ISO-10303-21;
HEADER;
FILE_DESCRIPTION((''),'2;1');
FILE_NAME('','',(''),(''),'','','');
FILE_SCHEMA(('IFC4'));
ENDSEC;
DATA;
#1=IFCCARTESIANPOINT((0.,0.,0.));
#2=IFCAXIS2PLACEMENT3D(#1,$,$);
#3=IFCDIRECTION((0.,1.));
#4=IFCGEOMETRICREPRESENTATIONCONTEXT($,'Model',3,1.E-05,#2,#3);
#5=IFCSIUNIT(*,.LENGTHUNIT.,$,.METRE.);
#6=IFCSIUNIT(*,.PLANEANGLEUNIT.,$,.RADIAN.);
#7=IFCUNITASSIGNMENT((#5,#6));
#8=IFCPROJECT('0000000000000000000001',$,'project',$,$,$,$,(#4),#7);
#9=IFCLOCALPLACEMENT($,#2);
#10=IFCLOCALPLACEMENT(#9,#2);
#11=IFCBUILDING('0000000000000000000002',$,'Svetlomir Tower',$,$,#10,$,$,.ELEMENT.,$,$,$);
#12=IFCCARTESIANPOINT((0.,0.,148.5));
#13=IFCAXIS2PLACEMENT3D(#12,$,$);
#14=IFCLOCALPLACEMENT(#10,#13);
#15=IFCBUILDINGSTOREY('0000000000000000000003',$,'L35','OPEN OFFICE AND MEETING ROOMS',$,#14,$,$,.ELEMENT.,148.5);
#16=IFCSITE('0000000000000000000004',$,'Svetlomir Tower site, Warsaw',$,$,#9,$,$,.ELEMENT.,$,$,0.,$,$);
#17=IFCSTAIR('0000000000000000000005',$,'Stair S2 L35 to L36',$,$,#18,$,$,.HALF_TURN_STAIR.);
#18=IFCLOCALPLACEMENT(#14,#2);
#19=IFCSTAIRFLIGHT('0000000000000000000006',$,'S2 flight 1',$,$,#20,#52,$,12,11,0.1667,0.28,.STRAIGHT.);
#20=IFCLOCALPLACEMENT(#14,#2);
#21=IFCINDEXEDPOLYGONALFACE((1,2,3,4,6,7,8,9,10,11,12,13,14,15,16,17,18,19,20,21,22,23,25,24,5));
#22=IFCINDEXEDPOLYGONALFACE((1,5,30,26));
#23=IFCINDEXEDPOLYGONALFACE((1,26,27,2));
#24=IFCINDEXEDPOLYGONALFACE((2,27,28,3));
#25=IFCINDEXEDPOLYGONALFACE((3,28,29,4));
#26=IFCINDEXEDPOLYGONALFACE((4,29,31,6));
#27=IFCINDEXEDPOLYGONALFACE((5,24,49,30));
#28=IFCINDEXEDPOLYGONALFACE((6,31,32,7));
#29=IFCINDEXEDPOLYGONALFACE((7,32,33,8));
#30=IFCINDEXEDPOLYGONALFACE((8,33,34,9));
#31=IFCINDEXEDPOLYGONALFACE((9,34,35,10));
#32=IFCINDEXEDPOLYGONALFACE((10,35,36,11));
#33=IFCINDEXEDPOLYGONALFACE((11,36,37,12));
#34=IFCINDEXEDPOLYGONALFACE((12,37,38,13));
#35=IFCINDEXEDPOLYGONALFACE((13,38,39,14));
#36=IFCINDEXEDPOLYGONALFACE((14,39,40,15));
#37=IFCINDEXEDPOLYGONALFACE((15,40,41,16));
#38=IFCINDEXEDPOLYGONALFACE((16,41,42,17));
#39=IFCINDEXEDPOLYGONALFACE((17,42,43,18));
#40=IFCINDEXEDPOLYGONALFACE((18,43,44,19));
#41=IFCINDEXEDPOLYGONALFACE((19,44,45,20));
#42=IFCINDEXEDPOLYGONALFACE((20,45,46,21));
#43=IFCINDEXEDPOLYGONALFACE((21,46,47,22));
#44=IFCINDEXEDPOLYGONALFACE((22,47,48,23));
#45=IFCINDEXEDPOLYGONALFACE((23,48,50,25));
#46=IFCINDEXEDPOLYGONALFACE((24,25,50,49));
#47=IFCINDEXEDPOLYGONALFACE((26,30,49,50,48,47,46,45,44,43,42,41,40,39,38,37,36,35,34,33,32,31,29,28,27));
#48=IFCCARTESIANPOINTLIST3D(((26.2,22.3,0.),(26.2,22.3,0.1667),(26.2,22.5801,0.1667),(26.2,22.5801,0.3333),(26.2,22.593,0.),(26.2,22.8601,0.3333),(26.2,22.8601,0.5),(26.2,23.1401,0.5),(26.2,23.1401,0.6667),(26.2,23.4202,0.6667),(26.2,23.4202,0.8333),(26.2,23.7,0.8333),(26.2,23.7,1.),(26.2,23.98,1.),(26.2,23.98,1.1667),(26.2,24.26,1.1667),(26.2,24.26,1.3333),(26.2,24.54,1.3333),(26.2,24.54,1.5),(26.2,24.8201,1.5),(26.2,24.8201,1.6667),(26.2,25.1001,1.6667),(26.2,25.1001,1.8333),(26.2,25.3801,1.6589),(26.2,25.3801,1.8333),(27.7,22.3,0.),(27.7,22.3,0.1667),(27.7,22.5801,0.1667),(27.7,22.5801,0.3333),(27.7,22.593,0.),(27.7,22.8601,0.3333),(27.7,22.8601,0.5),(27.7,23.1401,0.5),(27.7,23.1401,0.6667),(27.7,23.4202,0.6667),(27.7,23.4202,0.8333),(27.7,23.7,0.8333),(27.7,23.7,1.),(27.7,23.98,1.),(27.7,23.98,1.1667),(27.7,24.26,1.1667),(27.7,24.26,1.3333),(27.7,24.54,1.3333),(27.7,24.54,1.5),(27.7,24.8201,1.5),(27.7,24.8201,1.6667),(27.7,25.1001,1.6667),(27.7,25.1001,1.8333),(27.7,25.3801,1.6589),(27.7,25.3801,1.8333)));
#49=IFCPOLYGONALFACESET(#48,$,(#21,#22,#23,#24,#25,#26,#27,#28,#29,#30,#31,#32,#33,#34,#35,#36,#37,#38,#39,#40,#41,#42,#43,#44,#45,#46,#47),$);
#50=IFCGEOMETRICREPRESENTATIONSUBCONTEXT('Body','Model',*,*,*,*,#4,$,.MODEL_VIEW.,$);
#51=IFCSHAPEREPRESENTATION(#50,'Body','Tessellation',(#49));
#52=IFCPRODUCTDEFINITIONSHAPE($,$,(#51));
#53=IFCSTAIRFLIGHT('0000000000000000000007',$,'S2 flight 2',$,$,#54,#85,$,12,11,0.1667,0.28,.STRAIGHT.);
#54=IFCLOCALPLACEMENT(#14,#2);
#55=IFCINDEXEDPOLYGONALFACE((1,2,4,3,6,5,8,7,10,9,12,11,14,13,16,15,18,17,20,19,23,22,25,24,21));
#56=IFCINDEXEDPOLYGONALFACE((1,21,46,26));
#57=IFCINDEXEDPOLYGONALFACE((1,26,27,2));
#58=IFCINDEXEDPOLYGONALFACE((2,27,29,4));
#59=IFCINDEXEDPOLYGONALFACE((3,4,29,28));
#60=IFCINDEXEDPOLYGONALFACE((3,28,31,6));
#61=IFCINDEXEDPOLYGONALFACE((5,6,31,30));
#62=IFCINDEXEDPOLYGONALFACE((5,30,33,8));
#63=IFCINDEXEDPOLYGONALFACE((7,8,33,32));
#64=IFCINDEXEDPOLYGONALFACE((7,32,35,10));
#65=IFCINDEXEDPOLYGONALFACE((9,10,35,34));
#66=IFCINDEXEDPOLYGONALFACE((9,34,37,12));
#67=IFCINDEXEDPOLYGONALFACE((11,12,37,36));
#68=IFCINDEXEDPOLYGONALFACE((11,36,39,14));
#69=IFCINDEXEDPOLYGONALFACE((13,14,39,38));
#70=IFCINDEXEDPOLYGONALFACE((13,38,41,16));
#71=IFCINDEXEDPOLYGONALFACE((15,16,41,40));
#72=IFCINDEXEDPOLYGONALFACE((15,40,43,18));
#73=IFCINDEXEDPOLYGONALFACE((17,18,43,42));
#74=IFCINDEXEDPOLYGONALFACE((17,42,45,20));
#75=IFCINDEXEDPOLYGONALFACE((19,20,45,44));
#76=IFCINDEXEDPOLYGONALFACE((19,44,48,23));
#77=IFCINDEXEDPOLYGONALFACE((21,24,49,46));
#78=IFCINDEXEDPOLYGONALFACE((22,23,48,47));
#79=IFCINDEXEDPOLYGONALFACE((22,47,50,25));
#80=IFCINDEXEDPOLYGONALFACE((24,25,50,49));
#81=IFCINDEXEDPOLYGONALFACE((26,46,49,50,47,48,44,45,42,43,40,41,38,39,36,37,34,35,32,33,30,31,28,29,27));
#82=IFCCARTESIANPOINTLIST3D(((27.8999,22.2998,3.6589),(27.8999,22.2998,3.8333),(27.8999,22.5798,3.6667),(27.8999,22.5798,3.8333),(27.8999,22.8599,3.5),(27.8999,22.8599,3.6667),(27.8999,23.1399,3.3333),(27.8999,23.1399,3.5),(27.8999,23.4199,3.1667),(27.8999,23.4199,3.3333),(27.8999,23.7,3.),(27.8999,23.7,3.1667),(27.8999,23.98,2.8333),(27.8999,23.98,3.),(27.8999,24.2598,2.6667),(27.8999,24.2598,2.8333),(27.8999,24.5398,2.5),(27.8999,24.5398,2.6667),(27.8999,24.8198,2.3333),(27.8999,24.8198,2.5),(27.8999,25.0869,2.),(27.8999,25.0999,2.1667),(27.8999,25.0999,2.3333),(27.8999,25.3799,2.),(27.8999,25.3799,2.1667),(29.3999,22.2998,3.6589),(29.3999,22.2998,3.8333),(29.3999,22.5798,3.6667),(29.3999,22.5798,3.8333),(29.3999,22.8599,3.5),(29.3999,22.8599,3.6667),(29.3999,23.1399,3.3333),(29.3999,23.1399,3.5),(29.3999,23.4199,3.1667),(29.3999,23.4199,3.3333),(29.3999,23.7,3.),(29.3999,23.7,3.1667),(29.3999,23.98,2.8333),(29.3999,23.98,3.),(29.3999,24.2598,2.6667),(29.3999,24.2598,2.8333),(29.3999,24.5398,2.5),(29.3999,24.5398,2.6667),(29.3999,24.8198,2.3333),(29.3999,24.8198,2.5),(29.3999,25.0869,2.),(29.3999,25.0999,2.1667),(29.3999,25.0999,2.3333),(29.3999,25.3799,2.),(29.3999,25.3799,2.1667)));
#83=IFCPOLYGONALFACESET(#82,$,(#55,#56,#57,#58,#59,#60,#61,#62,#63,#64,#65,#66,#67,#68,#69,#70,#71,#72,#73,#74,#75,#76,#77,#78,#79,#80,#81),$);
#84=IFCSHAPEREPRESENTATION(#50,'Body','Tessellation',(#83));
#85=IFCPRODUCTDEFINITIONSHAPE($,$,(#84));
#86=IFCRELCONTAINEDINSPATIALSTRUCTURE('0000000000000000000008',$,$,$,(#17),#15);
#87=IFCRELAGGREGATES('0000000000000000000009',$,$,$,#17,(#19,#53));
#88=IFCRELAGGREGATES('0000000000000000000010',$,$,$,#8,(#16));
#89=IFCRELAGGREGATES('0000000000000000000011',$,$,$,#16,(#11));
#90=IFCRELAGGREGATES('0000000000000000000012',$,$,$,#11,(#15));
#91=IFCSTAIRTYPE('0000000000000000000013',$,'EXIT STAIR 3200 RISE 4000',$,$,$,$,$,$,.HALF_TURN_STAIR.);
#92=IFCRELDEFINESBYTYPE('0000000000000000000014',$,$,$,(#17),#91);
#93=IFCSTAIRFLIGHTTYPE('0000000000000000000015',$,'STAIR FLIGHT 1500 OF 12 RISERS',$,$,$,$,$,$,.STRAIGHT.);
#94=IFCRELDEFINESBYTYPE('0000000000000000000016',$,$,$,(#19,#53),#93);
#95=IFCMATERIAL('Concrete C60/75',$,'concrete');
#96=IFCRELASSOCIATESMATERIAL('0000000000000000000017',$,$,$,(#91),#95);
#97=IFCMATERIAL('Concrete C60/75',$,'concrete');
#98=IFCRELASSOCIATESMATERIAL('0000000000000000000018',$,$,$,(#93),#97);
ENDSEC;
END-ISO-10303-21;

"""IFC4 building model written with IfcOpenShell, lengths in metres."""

from ifc_helpers import new_model, si_unit, direction, frame, origin, place, context, subcontext, project, spatial, polyline, outline, extrude, material, type_object, element, aggregate, save


model = new_model("IFC4")

# Units and contexts
model_context = context("Model", 3, precision=1e-05, world=origin(), true_north=direction((0.0, 1.0)))
body_context = subcontext(model_context, "Body", "Model", "MODEL_VIEW")
ifc_project = project(units=[si_unit("LENGTHUNIT", "METRE"), si_unit("PLANEANGLEUNIT", "RADIAN")], contexts=[model_context])

# Site, building, storey
site_placement = place(None, origin())
site = spatial("IfcSite", under=ifc_project, at=site_placement, Name="Svetlomir Tower site, Warsaw", CompositionType="ELEMENT", RefElevation=0.0)
building_placement = place(site_placement, origin())
building = spatial("IfcBuilding", under=site, at=building_placement, Name="Svetlomir Tower", CompositionType="ELEMENT")
storey_placement = place(building_placement, frame((0.0, 0.0, 148.5)))
storey = spatial("IfcBuildingStorey", under=building, at=storey_placement, Name="L35", Description="OPEN OFFICE AND MEETING ROOMS", CompositionType="ELEMENT", Elevation=148.5)

# Stair, stair flights
ifc_material_1 = material(Name="Concrete C60/75", Category="concrete")
stair_type = type_object("IfcStairType", Name="EXIT STAIR 3200 RISE 4000", PredefinedType="HALF_TURN_STAIR", material=ifc_material_1)
stair_placement = place(storey_placement, origin())
stair = element("IfcStair", 1, at=stair_placement, inside=storey, type_object=stair_type, Name="Stair S2 L35 to L36", PredefinedType="HALF_TURN_STAIR")
ifc_material_2 = material(Name="Concrete C60/75", Category="concrete")
stair_flight_type = type_object("IfcStairFlightType", Name="STAIR FLIGHT 1500 OF 12 RISERS", PredefinedType="STRAIGHT", material=ifc_material_2)
stair_flight_1_placement = place(storey_placement, frame((26.95, 22.3, 0.0), z_axis=(0.0, 0.0, 1.0), x_axis=(0.0, 1.0, 0.0)))
stair_flight_1 = element("IfcStairFlight", 2, at=stair_flight_1_placement, type_object=stair_flight_type, Name="S2 flight 1", NumberOfRisers=12, NumberOfTreads=11, PredefinedType="STRAIGHT", RiserHeight=0.1667, TreadLength=0.28, context=body_context, shape_type="SweptSolid", body=[
    extrude(outline(polyline([(0.0, 0.0), (0.0, 0.1667), (0.28, 0.1667), (0.28, 0.3333), (0.5601, 0.3333), (0.5601, 0.5), (0.8401, 0.5), (0.8401, 0.6667), (1.1201, 0.6667), (1.1201, 0.8333), (1.3999, 0.8333), (1.3999, 1.0), (1.6799, 1.0), (1.6799, 1.1667), (1.96, 1.1667), (1.96, 1.3333), (2.24, 1.3333), (2.24, 1.5), (2.52, 1.5), (2.52, 1.6667), (2.8, 1.6667), (2.8, 1.8333), (3.0801, 1.8333), (3.0801, 2.0), (3.0801, 1.6589), (0.293, 0.0), (0.0, 0.0)])), frame((0.0, 0.75, 0.0), z_axis=(0.0, -1.0, 0.0), x_axis=(1.0, 0.0, 0.0)), (0.0, 0.0, 1.0), 1.5),
])
stair_flight_2_placement = place(storey_placement, frame((28.6499, 25.3799, 2.0), z_axis=(0.0, 0.0, 1.0), x_axis=(0.0, -1.0, 0.0)))
stair_flight_2 = element("IfcStairFlight", 3, at=stair_flight_2_placement, type_object=stair_flight_type, Name="S2 flight 2", NumberOfRisers=12, NumberOfTreads=11, PredefinedType="STRAIGHT", RiserHeight=0.1667, TreadLength=0.28, context=body_context, shape_type="SweptSolid", body=[
    extrude(outline(polyline([(0.0, 0.0), (0.0, 0.1667), (0.28, 0.1667), (0.28, 0.3333), (0.5601, 0.3333), (0.5601, 0.5), (0.8401, 0.5), (0.8401, 0.6667), (1.1201, 0.6667), (1.1201, 0.8333), (1.3999, 0.8333), (1.3999, 1.0), (1.6799, 1.0), (1.6799, 1.1667), (1.96, 1.1667), (1.96, 1.3333), (2.24, 1.3333), (2.24, 1.5), (2.52, 1.5), (2.52, 1.6667), (2.8, 1.6667), (2.8, 1.8333), (3.0801, 1.8333), (3.0801, 2.0), (3.0801, 1.6589), (0.293, 0.0), (0.0, 0.0)])), frame((0.0, 0.75, 0.0), z_axis=(0.0, -1.0, 0.0), x_axis=(1.0, 0.0, 0.0)), (0.0, 0.0, 1.0), 1.5),
])
aggregate(stair, [stair_flight_1, stair_flight_2])

save(model, "model.ifc")
